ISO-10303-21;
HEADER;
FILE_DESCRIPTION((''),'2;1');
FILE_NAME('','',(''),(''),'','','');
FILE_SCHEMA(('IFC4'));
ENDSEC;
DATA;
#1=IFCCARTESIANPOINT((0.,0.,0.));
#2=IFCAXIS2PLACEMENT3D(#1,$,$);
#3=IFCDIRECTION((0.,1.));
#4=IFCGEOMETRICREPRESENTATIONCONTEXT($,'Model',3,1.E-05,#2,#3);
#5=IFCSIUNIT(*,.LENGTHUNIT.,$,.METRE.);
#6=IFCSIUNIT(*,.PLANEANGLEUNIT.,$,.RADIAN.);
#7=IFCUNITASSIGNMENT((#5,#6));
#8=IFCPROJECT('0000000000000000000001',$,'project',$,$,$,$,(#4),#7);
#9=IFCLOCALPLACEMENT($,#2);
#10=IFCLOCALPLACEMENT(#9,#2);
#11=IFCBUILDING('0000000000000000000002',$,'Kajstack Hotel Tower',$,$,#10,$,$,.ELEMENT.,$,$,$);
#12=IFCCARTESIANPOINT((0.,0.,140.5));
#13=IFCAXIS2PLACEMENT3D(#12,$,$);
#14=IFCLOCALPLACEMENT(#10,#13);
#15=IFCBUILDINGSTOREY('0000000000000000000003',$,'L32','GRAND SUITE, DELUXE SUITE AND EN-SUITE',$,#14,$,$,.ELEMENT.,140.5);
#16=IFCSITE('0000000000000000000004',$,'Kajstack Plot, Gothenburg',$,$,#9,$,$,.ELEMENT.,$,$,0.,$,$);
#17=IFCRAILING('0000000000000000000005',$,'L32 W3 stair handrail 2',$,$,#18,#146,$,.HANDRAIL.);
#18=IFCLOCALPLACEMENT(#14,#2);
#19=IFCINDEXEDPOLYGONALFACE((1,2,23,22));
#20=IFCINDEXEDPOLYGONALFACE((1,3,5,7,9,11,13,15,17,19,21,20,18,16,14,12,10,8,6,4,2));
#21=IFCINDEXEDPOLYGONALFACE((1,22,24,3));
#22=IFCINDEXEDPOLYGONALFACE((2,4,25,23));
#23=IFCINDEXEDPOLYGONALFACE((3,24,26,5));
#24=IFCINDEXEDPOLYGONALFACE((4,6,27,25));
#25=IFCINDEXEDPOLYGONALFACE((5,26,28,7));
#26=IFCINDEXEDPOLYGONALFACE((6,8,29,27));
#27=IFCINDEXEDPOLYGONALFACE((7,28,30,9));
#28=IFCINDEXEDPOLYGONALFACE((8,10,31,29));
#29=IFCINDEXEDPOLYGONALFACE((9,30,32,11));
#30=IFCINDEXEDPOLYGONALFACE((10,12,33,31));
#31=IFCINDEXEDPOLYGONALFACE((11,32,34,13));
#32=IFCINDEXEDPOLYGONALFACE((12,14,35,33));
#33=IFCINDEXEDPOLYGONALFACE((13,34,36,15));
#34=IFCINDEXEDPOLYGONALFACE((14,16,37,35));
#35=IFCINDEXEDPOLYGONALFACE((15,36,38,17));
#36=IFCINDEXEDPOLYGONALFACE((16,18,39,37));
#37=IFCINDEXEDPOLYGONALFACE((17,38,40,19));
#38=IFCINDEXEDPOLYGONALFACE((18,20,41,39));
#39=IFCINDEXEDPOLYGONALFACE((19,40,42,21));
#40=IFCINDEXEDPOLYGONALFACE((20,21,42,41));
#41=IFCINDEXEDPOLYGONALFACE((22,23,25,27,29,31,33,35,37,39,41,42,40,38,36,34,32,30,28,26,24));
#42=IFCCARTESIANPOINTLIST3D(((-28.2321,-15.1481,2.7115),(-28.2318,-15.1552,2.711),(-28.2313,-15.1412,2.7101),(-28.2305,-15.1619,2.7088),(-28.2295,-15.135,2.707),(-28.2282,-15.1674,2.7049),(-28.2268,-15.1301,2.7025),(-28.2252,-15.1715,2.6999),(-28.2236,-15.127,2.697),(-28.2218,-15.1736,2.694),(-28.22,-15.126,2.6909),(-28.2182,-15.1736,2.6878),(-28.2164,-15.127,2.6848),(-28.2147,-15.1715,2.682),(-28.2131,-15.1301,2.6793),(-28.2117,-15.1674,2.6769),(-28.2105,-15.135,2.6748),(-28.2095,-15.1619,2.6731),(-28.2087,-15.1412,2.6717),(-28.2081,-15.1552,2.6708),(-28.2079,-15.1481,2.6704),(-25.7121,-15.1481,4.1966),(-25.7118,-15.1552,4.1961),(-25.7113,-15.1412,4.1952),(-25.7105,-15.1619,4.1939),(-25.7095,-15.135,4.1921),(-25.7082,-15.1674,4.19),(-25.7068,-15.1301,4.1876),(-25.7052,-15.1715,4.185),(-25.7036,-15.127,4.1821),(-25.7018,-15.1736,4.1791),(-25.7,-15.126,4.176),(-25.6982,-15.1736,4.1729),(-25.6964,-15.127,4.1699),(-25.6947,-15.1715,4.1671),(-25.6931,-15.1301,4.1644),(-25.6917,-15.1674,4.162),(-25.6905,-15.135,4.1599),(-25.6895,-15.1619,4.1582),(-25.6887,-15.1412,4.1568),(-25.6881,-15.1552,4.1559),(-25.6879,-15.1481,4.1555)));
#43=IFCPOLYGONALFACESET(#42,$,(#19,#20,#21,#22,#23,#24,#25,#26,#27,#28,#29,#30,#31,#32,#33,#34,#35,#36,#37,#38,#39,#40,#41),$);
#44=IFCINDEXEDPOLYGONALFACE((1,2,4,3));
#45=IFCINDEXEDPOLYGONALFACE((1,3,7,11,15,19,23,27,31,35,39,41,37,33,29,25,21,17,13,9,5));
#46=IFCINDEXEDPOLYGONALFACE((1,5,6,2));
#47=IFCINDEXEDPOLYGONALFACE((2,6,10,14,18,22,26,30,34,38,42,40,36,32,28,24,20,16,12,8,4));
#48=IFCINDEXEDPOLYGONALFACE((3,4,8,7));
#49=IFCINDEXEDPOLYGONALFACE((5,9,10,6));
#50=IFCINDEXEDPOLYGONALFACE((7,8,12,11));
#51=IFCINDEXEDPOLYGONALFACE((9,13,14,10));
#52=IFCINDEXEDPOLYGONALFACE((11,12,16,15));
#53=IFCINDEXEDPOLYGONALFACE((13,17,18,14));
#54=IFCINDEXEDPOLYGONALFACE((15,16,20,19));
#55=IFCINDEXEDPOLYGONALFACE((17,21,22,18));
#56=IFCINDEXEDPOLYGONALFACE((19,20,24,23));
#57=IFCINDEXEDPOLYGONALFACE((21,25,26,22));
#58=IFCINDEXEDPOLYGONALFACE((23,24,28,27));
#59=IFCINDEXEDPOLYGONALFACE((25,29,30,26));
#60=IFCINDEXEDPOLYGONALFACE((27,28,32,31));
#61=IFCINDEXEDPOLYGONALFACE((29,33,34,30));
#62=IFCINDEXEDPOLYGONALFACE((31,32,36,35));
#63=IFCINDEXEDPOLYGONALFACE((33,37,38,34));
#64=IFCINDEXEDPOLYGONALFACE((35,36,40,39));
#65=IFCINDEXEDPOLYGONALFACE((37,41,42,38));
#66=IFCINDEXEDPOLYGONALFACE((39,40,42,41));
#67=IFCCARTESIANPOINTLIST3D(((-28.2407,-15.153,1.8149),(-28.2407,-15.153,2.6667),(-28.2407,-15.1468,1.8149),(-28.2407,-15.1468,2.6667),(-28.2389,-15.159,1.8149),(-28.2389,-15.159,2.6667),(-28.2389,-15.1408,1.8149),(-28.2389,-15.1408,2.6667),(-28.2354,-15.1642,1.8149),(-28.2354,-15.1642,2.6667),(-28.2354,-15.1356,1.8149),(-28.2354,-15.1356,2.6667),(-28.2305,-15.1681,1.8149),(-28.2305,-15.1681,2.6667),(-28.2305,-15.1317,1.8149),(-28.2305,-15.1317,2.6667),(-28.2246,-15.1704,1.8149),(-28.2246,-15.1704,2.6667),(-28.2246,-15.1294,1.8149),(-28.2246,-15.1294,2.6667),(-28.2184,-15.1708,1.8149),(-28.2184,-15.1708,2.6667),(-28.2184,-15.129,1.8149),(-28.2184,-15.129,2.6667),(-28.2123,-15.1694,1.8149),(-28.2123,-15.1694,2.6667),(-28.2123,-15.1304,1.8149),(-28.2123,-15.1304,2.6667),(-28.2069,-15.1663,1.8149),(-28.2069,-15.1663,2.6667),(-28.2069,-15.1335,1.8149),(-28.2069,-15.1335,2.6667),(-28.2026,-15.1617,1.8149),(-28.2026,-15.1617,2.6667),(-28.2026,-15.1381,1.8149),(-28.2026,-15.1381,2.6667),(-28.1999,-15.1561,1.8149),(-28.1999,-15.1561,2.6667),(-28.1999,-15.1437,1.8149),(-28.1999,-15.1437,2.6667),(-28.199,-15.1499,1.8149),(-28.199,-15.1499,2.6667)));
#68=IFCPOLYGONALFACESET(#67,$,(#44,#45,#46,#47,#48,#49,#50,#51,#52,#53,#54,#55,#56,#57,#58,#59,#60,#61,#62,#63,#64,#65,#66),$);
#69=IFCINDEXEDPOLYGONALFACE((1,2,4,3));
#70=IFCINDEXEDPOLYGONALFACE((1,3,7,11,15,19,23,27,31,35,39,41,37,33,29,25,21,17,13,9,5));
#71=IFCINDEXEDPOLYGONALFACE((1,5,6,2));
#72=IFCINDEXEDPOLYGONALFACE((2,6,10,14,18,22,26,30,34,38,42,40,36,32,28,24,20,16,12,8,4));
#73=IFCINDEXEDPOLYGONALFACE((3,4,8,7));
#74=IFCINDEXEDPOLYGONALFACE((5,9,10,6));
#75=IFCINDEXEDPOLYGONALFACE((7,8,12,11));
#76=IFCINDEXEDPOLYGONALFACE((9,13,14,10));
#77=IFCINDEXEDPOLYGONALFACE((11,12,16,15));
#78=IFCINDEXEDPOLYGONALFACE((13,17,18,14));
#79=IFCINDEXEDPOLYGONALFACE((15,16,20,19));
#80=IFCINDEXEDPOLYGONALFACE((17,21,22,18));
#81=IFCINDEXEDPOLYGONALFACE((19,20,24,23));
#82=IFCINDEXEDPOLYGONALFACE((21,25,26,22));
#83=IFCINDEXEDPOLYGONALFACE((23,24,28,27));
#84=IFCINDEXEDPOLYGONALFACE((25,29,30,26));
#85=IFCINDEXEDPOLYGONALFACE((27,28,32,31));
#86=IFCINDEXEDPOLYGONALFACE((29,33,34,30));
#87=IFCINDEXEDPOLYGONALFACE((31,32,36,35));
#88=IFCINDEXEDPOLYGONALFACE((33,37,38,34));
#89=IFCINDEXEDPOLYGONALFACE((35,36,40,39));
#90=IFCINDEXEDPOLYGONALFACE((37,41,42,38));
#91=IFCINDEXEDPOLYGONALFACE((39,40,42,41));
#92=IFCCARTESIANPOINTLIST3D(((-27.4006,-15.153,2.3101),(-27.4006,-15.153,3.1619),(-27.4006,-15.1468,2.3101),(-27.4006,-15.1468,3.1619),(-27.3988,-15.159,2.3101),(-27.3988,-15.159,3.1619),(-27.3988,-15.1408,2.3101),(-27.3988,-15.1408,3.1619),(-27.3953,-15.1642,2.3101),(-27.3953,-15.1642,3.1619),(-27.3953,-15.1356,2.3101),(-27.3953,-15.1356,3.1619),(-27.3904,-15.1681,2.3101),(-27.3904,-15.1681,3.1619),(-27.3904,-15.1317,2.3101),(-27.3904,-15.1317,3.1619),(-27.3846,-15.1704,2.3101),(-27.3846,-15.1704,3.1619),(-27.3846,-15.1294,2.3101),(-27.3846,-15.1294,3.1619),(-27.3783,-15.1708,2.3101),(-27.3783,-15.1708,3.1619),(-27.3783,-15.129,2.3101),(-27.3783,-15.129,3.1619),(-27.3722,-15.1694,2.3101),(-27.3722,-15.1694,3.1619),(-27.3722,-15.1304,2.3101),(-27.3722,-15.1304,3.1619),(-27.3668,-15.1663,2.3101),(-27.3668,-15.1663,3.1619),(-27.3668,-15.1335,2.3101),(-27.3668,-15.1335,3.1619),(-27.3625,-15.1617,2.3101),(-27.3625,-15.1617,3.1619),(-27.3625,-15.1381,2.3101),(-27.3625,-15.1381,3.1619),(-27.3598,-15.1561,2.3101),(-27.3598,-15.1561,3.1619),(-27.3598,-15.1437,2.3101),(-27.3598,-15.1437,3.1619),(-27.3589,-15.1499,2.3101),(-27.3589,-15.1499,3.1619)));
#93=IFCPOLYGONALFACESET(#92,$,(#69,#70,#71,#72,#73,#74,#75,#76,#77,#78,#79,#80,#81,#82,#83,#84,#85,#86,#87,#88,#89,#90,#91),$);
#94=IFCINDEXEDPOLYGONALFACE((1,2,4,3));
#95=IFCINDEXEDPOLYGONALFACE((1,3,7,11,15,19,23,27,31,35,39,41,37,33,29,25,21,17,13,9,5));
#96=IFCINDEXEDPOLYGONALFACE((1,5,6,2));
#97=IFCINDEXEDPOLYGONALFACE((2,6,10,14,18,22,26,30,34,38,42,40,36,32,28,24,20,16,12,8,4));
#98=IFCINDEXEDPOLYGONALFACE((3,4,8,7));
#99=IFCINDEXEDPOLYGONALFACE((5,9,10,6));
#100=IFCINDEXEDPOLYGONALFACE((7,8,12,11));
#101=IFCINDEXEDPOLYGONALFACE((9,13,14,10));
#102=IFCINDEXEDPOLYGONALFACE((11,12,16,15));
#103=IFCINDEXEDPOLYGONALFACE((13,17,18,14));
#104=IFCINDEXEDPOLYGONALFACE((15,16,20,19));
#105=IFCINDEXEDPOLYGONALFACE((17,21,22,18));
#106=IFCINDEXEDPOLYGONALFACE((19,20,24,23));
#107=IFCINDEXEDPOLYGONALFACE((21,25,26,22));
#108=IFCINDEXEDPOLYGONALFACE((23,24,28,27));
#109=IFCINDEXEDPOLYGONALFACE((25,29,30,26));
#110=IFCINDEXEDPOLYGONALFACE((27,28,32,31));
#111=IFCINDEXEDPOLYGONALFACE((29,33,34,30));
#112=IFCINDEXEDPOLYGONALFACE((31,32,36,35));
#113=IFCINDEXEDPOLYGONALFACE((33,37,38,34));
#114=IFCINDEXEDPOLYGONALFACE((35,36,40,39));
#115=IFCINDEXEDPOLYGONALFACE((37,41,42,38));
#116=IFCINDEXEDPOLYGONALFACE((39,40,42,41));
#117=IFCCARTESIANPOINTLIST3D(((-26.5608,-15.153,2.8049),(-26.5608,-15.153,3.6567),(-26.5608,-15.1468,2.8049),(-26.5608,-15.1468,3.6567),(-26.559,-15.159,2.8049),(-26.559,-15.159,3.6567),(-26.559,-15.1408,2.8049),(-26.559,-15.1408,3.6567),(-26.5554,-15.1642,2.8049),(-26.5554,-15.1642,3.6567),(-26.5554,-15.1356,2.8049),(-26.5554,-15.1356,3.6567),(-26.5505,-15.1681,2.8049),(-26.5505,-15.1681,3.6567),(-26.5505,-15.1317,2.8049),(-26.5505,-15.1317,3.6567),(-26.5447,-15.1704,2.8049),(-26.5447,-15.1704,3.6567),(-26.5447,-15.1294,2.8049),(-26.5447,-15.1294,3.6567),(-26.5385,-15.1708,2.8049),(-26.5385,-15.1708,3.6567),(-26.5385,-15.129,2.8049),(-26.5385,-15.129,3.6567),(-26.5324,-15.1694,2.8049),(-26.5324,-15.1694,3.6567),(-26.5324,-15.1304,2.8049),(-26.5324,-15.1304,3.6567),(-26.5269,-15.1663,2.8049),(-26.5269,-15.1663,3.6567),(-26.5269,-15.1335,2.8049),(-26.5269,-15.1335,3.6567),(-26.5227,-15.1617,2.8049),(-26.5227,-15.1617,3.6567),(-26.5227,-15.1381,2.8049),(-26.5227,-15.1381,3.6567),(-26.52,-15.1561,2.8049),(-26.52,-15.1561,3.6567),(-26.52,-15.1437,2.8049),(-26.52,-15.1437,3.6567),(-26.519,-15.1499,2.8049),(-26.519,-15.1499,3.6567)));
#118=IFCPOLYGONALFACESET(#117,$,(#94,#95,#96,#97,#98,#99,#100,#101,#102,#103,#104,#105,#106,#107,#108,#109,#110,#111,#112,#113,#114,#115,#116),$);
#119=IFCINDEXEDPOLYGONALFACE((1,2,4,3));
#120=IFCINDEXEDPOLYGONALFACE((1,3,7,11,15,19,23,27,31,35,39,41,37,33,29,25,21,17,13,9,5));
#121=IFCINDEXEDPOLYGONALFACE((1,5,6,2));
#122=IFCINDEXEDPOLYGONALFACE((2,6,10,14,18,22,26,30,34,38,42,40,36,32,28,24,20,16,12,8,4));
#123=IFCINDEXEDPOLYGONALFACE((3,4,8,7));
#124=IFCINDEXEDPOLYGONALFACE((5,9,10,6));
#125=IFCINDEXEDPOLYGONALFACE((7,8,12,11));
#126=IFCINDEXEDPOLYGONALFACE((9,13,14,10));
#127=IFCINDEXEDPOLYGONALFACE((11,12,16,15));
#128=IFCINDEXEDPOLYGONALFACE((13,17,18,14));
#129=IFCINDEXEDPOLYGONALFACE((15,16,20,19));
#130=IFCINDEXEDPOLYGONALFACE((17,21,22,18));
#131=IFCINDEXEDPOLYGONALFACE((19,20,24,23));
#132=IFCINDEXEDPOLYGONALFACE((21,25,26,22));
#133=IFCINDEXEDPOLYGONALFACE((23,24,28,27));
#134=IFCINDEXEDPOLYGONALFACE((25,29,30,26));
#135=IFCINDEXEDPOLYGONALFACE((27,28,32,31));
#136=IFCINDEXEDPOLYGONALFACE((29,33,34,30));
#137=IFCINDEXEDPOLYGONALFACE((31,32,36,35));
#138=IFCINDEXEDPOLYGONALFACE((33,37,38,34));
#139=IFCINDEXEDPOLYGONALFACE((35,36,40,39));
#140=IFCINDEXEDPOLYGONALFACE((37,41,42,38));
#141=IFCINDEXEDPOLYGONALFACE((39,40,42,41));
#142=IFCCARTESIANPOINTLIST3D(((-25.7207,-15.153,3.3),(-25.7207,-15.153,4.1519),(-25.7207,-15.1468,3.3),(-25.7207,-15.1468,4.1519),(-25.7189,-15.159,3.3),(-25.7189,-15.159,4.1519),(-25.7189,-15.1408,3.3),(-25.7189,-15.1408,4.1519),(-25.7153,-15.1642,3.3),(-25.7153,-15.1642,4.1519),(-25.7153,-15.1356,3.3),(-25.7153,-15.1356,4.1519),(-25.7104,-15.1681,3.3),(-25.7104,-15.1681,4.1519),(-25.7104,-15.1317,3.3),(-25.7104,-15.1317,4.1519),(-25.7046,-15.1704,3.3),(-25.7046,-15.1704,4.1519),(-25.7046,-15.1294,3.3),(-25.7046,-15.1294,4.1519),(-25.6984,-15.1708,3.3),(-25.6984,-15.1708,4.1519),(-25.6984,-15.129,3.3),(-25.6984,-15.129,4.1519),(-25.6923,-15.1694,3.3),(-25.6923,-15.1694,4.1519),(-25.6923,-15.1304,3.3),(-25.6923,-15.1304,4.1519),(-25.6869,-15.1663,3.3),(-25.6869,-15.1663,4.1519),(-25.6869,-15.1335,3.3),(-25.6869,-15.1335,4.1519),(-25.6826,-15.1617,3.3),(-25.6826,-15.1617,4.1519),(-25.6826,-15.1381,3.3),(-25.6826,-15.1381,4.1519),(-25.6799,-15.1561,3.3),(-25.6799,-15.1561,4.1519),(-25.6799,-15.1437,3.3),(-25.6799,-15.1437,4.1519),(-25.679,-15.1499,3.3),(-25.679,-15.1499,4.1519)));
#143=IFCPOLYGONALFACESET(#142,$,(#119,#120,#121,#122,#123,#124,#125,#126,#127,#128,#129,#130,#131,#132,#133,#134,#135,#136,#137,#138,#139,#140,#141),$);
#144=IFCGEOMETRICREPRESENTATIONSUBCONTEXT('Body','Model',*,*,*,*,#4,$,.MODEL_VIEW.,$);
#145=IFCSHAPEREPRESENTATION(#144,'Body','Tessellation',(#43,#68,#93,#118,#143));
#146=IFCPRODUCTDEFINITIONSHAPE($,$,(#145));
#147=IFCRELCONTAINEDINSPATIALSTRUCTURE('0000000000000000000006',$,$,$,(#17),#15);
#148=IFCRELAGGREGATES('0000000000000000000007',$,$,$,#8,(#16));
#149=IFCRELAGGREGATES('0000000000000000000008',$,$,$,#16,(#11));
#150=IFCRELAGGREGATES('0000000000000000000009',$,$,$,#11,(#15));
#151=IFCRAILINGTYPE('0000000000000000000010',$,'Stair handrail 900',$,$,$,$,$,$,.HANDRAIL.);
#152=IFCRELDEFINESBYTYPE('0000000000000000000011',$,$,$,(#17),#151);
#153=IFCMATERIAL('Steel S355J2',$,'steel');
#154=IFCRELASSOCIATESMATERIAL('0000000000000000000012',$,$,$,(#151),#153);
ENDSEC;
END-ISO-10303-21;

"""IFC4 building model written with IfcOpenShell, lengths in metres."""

from ifc_helpers import new_model, si_unit, direction, frame, origin, origin_2d, place, context, subcontext, project, spatial, circle, extrude, material, type_object, element, save


model = new_model("IFC4")

# Units and contexts
model_context = context("Model", 3, precision=1e-05, world=origin(), true_north=direction((0.0, 1.0)))
body_context = subcontext(model_context, "Body", "Model", "MODEL_VIEW")
ifc_project = project(units=[si_unit("LENGTHUNIT", "METRE"), si_unit("PLANEANGLEUNIT", "RADIAN")], contexts=[model_context])

# Site, building, storey
site_placement = place(None, origin())
site = spatial("IfcSite", under=ifc_project, at=site_placement, Name="Kajstack Plot, Gothenburg", CompositionType="ELEMENT", RefElevation=0.0)
building_placement = place(site_placement, origin())
building = spatial("IfcBuilding", under=site, at=building_placement, Name="Kajstack Hotel Tower", CompositionType="ELEMENT")
storey_placement = place(building_placement, frame((0.0, 0.0, 140.5)))
storey = spatial("IfcBuildingStorey", under=building, at=storey_placement, Name="L32", Description="GRAND SUITE, DELUXE SUITE AND EN-SUITE", CompositionType="ELEMENT", Elevation=140.5)

# Railing
ifc_material_1 = material(Name="Steel S355J2", Category="steel")
railing_type_1 = type_object("IfcRailingType", Name="Stair handrail 900", PredefinedType="HANDRAIL", material=ifc_material_1)
railing_1_placement = place(storey_placement, frame((-28.22, -15.1499, 1.8149)))
element("IfcRailing", 1, at=railing_1_placement, inside=storey, type_object=railing_type_1, Name="L32 W3 stair handrail 2", PredefinedType="HANDRAIL", context=body_context, shape_type="SweptSolid", body=[
    extrude(circle(Radius=0.0239, at=origin_2d()), frame((0.0, 0.0, 0.876), z_axis=(0.861524, 0.0, 0.507717), x_axis=(0.0, 1.0, 0.0)), (0.0, 0.0, 1.0), 2.925),
    extrude(circle(Radius=0.021, at=origin_2d()), origin(), (0.0, 0.0, 1.0), 0.8518),
    extrude(circle(Radius=0.021, at=origin_2d()), frame((0.8401, 0.0, 0.4951)), (0.0, 0.0, 1.0), 0.8518),
    extrude(circle(Radius=0.021, at=origin_2d()), frame((1.6799, 0.0, 0.99)), (0.0, 0.0, 1.0), 0.8518),
    extrude(circle(Radius=0.021, at=origin_2d()), frame((2.52, 0.0, 1.4851)), (0.0, 0.0, 1.0), 0.8518),
])

save(model, "model.ifc")
